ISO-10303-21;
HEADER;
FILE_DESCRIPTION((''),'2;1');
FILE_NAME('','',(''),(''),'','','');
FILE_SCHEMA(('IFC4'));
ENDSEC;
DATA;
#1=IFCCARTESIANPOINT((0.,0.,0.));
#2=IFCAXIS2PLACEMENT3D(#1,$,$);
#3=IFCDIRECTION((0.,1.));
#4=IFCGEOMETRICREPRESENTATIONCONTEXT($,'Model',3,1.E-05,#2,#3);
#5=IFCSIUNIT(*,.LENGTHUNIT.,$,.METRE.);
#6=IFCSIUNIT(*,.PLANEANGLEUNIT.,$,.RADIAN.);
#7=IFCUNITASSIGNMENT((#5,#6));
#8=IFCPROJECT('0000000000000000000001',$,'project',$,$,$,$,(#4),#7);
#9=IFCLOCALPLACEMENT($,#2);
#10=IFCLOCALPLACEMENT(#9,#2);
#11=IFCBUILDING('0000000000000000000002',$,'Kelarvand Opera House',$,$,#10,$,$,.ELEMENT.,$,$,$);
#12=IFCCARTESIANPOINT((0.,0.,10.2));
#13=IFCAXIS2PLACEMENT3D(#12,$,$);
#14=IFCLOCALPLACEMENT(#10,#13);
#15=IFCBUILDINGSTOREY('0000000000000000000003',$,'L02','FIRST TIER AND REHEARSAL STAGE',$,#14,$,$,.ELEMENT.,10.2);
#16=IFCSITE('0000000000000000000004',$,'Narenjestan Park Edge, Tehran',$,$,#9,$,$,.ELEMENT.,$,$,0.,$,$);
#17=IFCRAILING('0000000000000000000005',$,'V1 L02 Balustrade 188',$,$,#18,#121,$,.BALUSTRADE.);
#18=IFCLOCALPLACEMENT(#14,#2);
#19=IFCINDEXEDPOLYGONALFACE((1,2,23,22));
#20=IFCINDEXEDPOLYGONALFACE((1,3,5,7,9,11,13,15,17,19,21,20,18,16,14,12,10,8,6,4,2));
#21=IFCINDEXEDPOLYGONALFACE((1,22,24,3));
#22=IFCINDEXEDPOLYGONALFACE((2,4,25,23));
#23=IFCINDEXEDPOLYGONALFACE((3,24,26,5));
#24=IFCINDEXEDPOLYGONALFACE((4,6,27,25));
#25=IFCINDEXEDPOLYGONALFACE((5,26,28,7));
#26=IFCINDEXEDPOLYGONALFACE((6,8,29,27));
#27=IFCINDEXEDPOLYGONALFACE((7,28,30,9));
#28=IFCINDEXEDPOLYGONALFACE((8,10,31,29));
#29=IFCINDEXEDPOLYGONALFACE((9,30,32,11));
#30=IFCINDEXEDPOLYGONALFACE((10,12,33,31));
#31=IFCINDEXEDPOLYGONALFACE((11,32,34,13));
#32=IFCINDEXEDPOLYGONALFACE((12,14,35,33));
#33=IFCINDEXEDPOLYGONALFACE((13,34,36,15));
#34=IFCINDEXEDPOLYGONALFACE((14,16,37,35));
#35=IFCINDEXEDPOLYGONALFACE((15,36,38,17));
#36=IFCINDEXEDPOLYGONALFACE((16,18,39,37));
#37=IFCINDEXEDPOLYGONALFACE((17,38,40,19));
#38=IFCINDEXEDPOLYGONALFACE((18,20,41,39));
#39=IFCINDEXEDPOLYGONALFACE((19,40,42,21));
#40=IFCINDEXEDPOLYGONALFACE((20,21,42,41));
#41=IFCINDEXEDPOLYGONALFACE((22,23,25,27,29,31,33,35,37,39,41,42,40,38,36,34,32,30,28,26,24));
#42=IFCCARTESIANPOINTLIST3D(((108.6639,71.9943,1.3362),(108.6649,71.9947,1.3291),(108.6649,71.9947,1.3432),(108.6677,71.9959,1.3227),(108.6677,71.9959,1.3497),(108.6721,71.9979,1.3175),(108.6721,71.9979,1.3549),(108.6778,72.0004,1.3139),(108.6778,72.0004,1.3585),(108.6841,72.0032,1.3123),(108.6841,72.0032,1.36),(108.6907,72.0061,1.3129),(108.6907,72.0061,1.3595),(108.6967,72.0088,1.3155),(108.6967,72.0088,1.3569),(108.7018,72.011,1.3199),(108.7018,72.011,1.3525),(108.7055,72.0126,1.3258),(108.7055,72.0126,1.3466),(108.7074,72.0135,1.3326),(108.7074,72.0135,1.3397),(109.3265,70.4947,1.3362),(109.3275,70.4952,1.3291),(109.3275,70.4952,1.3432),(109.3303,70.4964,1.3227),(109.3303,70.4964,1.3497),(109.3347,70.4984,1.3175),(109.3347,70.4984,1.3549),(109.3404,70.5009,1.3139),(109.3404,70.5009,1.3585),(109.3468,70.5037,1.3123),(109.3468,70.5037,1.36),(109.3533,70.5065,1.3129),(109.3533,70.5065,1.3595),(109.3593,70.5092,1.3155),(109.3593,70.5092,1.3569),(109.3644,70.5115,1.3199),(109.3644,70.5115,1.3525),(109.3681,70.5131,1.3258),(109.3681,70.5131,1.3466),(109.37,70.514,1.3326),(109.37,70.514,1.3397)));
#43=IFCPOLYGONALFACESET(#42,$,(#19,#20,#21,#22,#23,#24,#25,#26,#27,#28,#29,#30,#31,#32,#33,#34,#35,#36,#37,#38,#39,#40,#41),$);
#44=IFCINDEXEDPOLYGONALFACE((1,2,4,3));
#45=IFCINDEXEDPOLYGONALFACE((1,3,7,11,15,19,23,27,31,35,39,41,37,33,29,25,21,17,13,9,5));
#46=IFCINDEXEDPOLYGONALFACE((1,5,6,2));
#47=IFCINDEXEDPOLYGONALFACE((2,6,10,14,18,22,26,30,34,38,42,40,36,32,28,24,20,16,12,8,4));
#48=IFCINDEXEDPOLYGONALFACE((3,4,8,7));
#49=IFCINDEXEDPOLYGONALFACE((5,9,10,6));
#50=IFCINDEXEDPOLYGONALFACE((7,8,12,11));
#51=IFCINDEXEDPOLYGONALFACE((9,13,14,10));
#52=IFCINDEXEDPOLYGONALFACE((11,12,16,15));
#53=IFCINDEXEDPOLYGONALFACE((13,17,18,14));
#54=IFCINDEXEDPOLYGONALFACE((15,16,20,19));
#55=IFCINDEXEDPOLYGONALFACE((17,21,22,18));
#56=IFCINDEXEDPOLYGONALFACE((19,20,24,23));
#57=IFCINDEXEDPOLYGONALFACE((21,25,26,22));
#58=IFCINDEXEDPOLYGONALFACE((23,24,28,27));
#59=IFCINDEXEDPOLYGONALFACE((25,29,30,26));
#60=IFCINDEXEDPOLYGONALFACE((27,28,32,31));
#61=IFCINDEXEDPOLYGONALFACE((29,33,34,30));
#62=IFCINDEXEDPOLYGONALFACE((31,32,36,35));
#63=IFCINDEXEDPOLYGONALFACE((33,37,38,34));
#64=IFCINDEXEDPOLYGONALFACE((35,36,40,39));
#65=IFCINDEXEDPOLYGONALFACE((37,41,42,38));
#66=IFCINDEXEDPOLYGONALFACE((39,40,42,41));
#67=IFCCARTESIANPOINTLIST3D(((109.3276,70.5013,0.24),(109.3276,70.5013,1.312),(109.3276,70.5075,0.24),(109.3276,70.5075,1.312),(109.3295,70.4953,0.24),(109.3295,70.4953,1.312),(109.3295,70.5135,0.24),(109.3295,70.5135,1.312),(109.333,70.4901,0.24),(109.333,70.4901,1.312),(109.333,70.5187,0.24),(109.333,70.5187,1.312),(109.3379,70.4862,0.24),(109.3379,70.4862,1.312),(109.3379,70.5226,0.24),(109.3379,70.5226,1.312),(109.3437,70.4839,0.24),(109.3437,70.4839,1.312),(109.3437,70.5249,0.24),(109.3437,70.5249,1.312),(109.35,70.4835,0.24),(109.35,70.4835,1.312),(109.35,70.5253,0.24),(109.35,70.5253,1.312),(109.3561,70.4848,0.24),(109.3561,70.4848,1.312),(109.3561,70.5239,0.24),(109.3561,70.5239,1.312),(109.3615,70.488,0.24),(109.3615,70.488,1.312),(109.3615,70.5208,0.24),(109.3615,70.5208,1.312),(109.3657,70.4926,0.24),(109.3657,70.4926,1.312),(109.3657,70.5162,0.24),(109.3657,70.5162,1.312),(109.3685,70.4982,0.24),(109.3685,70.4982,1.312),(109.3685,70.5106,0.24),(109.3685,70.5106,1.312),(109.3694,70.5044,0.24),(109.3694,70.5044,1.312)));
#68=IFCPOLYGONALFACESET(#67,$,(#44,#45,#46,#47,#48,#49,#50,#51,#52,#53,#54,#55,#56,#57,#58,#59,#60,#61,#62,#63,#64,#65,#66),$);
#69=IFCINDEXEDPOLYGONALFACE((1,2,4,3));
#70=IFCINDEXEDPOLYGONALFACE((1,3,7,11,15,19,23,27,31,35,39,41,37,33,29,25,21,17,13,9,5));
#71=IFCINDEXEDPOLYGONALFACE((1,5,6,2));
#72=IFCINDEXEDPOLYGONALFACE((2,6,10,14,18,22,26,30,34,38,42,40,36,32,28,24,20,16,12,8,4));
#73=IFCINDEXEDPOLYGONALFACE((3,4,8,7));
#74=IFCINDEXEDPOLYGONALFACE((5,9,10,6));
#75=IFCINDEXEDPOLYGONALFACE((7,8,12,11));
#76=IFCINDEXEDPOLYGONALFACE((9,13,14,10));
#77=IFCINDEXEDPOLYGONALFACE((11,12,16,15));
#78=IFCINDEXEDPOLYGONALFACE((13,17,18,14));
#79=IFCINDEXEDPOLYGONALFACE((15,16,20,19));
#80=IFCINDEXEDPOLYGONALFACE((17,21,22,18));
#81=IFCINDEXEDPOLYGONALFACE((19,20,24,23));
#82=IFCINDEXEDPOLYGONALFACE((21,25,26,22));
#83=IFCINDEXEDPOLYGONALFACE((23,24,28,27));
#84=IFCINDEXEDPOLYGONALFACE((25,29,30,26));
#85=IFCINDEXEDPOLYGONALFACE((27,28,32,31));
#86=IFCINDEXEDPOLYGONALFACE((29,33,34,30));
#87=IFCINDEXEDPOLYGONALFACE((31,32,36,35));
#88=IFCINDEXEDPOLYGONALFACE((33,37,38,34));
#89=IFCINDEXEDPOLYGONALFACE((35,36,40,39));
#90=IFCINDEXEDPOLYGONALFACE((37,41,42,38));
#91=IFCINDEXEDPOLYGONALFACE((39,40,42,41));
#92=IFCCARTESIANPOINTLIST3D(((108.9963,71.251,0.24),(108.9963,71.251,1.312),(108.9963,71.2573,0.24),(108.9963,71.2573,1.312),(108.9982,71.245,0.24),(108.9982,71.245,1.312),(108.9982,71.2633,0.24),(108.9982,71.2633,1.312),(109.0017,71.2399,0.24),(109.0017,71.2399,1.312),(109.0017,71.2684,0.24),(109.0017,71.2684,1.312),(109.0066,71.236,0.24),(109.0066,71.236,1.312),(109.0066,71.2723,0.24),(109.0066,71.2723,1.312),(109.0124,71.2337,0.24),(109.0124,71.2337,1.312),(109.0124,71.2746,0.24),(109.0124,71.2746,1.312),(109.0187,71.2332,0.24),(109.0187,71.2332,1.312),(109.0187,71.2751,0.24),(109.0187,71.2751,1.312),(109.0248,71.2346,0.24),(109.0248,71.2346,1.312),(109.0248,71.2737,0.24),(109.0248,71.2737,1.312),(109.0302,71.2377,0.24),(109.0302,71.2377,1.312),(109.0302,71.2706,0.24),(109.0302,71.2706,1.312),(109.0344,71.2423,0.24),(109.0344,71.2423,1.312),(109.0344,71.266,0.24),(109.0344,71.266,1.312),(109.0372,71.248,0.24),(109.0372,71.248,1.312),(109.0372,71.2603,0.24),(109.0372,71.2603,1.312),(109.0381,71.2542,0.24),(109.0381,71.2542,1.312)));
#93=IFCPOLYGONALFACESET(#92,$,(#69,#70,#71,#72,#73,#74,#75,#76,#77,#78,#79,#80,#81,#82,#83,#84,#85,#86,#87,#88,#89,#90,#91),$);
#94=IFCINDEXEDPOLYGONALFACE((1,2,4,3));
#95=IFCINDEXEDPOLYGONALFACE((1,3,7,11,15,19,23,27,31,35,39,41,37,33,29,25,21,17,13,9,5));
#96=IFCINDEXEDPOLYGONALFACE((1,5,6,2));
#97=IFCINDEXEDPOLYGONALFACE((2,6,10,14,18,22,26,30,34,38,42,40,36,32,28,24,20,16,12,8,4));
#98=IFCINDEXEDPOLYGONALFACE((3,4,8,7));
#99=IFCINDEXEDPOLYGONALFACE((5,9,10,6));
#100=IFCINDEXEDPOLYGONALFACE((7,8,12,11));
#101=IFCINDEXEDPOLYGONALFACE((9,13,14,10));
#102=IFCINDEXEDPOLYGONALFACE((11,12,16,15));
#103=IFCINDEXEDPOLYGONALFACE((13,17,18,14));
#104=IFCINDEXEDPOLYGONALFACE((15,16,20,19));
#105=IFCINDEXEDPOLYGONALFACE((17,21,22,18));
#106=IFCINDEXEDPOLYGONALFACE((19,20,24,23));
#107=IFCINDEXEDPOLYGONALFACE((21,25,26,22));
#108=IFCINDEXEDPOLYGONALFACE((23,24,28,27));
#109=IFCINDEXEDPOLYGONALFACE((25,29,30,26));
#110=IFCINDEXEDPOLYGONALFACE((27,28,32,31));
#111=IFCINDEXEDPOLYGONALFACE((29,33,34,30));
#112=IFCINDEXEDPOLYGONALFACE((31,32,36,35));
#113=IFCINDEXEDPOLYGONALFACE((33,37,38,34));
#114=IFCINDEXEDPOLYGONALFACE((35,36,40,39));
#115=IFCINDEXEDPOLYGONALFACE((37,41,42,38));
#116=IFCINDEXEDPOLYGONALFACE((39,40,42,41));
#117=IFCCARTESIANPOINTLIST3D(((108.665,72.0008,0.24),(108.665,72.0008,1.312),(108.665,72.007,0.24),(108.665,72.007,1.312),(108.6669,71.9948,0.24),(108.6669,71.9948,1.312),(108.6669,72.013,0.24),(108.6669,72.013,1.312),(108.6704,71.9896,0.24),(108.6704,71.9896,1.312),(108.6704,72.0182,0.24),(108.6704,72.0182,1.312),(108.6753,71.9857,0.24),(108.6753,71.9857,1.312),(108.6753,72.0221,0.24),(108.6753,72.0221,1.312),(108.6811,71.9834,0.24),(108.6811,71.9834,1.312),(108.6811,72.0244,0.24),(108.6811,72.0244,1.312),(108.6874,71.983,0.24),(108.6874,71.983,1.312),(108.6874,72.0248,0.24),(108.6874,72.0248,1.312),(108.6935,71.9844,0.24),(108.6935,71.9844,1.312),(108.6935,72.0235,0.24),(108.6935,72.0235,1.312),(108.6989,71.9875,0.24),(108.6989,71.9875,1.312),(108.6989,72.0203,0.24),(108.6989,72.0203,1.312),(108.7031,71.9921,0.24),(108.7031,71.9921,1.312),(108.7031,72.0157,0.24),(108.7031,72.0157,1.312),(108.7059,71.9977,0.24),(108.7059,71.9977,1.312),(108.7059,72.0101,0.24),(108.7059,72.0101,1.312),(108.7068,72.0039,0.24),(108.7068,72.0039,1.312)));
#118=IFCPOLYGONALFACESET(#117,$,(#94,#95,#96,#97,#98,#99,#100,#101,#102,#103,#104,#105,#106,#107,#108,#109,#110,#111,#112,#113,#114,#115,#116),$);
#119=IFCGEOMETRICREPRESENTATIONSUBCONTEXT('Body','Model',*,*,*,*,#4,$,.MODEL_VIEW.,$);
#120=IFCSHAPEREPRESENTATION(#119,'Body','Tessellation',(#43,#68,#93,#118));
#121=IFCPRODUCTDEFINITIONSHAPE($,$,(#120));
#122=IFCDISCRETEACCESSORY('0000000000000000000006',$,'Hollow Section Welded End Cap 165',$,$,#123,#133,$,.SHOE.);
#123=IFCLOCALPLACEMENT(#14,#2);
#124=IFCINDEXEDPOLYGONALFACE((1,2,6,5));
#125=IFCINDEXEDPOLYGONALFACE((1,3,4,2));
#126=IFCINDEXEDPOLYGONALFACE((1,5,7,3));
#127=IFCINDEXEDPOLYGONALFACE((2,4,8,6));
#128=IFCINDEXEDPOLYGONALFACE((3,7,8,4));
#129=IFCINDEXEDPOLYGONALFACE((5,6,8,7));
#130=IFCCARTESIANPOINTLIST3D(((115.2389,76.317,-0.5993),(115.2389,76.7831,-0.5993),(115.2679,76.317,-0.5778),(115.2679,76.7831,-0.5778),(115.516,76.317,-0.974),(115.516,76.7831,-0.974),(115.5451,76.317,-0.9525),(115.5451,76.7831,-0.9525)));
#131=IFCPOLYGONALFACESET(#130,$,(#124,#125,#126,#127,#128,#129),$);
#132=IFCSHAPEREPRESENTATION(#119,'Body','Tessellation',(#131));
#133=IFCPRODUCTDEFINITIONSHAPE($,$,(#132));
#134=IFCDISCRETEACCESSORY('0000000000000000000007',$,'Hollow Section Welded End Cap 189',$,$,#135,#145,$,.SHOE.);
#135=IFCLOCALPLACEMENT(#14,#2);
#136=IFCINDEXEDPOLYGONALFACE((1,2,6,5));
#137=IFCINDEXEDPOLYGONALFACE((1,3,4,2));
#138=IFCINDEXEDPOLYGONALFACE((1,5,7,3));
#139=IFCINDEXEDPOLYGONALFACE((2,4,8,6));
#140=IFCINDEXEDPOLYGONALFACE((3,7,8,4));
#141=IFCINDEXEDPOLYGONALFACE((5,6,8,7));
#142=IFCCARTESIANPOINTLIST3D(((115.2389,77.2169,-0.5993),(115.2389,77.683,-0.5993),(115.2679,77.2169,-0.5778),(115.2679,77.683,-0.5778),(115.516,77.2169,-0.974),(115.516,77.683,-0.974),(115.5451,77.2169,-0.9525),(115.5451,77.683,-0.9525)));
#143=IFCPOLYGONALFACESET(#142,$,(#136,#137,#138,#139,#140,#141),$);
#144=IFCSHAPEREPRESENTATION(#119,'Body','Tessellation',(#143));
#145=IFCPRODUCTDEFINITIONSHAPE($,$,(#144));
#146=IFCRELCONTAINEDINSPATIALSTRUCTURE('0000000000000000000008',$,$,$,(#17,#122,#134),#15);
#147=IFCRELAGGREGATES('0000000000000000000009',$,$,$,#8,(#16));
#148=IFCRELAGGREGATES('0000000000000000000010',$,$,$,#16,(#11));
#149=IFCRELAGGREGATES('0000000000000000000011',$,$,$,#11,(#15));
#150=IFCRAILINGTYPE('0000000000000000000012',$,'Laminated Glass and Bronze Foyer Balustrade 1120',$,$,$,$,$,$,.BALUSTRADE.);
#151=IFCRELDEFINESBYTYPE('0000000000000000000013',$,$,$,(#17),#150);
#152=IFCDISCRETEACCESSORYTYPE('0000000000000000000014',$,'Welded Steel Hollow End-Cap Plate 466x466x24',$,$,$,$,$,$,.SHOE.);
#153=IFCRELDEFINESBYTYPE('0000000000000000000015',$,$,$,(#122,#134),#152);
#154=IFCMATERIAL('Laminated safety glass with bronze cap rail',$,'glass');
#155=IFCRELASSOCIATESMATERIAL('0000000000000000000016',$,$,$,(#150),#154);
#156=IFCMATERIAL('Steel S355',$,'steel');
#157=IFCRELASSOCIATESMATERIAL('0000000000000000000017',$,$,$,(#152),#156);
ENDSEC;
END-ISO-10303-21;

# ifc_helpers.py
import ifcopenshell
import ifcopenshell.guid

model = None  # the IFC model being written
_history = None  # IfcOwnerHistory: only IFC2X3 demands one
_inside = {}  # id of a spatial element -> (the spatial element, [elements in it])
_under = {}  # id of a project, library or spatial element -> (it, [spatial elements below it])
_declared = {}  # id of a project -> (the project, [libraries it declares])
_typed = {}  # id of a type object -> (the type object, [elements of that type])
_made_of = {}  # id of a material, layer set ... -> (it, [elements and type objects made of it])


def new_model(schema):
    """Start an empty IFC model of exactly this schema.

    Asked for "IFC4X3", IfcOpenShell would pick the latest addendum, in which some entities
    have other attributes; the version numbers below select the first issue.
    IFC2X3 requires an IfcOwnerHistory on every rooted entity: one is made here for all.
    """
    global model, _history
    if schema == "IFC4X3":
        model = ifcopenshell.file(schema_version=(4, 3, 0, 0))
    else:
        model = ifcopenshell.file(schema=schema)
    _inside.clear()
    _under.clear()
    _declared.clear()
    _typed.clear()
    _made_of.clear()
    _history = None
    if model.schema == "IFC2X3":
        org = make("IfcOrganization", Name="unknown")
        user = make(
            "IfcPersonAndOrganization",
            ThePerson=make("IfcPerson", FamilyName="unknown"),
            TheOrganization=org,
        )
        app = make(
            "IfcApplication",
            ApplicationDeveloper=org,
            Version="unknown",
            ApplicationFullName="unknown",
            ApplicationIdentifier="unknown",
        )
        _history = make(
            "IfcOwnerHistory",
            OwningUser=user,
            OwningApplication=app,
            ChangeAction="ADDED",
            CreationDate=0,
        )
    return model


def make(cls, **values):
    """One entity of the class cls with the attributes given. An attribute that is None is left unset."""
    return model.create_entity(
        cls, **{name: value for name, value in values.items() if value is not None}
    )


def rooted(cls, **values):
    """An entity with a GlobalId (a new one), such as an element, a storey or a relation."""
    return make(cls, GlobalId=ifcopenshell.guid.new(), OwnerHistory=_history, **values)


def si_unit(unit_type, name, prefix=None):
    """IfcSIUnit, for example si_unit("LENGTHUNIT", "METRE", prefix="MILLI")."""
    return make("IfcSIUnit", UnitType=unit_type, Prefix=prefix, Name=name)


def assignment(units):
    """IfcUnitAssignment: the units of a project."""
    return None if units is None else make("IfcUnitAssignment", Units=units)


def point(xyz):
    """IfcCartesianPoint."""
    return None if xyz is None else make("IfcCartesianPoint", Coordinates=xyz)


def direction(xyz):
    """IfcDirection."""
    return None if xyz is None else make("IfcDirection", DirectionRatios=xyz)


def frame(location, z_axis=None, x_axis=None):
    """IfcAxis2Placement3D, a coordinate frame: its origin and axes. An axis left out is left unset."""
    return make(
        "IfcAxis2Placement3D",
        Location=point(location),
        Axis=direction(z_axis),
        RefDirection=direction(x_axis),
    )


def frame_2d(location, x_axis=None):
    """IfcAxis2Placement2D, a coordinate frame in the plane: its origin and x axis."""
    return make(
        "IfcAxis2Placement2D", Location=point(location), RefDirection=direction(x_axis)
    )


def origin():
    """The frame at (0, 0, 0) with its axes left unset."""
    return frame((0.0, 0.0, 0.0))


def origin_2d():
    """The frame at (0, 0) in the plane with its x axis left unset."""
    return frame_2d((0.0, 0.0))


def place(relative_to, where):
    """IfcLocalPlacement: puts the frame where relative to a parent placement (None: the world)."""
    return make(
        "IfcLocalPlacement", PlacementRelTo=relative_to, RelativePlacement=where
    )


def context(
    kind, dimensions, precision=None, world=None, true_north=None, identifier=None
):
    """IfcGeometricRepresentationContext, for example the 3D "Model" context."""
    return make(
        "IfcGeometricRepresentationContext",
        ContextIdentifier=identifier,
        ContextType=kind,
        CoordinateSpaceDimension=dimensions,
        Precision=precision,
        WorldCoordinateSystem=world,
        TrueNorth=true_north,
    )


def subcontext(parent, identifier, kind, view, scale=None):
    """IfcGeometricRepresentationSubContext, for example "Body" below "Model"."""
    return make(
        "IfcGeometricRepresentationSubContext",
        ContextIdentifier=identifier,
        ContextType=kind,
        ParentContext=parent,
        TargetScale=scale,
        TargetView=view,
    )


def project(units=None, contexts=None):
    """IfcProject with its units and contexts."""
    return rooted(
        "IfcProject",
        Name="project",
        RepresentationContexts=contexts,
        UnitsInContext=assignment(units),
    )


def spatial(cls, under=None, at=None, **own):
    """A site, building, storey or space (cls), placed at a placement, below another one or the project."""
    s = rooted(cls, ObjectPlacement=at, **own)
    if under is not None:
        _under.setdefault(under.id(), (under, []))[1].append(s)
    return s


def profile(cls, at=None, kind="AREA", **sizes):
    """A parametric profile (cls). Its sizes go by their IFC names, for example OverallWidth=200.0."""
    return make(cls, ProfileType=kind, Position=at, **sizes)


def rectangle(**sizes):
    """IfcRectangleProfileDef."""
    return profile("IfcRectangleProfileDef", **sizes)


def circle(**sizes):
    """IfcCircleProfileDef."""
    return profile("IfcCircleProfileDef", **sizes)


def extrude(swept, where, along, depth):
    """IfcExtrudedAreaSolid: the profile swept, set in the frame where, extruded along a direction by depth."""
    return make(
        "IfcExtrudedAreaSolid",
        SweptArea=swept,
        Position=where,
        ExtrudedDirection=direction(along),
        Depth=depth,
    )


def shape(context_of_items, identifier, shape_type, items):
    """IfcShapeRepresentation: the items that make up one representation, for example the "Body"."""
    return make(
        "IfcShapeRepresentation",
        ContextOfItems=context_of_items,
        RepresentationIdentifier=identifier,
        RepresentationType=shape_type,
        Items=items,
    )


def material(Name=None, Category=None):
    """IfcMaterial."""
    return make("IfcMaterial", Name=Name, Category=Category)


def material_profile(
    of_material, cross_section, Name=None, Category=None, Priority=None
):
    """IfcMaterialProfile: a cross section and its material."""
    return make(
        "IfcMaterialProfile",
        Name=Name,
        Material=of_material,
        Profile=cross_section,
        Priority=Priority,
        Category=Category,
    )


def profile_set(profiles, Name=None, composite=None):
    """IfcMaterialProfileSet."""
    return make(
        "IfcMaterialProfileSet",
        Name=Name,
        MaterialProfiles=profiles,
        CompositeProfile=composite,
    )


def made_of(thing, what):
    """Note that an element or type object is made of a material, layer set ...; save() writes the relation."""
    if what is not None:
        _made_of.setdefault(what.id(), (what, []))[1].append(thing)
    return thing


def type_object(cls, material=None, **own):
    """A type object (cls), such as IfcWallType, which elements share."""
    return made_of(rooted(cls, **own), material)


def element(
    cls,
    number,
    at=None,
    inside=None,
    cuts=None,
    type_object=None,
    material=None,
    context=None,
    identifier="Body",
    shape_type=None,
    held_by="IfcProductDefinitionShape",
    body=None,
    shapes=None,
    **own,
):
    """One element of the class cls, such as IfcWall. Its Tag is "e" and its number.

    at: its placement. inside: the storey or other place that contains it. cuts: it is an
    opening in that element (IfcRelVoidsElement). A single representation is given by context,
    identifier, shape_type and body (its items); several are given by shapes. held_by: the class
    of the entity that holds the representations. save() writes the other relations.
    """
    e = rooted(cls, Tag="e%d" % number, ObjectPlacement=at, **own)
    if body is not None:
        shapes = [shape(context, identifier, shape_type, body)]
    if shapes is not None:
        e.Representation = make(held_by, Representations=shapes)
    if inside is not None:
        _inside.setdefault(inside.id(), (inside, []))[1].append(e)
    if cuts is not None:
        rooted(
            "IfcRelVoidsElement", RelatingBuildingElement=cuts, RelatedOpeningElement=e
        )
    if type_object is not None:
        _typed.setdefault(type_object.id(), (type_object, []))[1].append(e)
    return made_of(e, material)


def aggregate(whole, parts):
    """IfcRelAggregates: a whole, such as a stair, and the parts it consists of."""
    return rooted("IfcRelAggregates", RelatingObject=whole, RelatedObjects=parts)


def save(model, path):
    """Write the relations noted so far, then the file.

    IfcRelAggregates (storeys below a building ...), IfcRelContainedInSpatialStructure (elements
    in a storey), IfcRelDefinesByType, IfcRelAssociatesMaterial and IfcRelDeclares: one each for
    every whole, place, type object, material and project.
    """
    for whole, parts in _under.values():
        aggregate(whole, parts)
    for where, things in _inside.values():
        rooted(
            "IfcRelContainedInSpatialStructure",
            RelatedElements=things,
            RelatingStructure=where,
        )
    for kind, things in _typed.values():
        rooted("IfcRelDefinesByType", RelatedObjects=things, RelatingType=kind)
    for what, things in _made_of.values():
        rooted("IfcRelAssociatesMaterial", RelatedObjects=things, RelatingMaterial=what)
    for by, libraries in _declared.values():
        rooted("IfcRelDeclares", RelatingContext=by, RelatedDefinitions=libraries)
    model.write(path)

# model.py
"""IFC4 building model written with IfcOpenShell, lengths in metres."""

from ifc_helpers import new_model, si_unit, direction, frame, origin, origin_2d, place, context, subcontext, project, spatial, rectangle, circle, extrude, material, material_profile, profile_set, type_object, element, save


model = new_model("IFC4")

# Units and contexts
model_context = context("Model", 3, precision=1e-05, world=origin(), true_north=direction((0.0, 1.0)))
body_context = subcontext(model_context, "Body", "Model", "MODEL_VIEW")
ifc_project = project(units=[si_unit("LENGTHUNIT", "METRE"), si_unit("PLANEANGLEUNIT", "RADIAN")], contexts=[model_context])

# Site, building, storey
site_placement = place(None, origin())
site = spatial("IfcSite", under=ifc_project, at=site_placement, Name="Narenjestan Park Edge, Tehran", CompositionType="ELEMENT", RefElevation=0.0)
building_placement = place(site_placement, origin())
building = spatial("IfcBuilding", under=site, at=building_placement, Name="Kelarvand Opera House", CompositionType="ELEMENT")
storey_placement = place(building_placement, frame((0.0, 0.0, 10.2)))
storey = spatial("IfcBuildingStorey", under=building, at=storey_placement, Name="L02", Description="FIRST TIER AND REHEARSAL STAGE", CompositionType="ELEMENT", Elevation=10.2)

# Shared definitions
ifc_material_1 = material(Name="Steel S355", Category="steel")

# Railing
ifc_material_2 = material(Name="Laminated safety glass with bronze cap rail", Category="glass")
railing_type = type_object("IfcRailingType", Name="Laminated Glass and Bronze Foyer Balustrade 1120", PredefinedType="BALUSTRADE", material=ifc_material_2)
railing_1_placement = place(storey_placement, frame((109.3484, 70.5044, 0.24)))
element("IfcRailing", 1, at=railing_1_placement, inside=storey, type_object=railing_type, Name="V1 L02 Balustrade 188", PredefinedType="BALUSTRADE", context=body_context, shape_type="SweptSolid", body=[
    extrude(circle(Radius=0.0239, at=origin_2d()), frame((0.0, 0.0, 1.0962), z_axis=(-0.404175, 0.914681, 0.0), x_axis=(-0.914681, -0.404175, 0.0)), (0.0, 0.0, 1.0), 1.6394),
    extrude(circle(Radius=0.021, at=origin_2d()), origin(), (0.0, 0.0, 1.0), 1.072),
    extrude(circle(Radius=0.021, at=origin_2d()), frame((-0.3313, 0.7498, 0.0)), (0.0, 0.0, 1.0), 1.072),
    extrude(circle(Radius=0.021, at=origin_2d()), frame((-0.6626, 1.4995, 0.0)), (0.0, 0.0, 1.0), 1.072),
])

# Discrete accessories
ifc_material_profile_1 = material_profile(ifc_material_1, rectangle(XDim=0.4661, YDim=0.4661, at=origin_2d()), Name="Welded Steel Hollow End-Cap Plate 466x466x24", Category="steel")
ifc_profile_set_1 = profile_set([ifc_material_profile_1], Name="Steel S355")
discrete_accessory_type = type_object("IfcDiscreteAccessoryType", Name="Welded Steel Hollow End-Cap Plate 466x466x24", PredefinedType="SHOE", material=ifc_profile_set_1)
for number, where, z_axis, x_axis, name in (
    (2, (115.4065, 76.55, -0.7651), (-0.804036, 0.0, -0.594581), (0.0, -1.0, 0.0), "Hollow Section Welded End Cap 165"),
    (3, (115.4065, 77.45, -0.7651), (-0.804036, 0.0, -0.594581), (0.0, -1.0, 0.0), "Hollow Section Welded End Cap 189"),
):
    element("IfcDiscreteAccessory", number, at=place(storey_placement, frame(where, z_axis=z_axis, x_axis=x_axis)), inside=storey, type_object=discrete_accessory_type, Name=name, PredefinedType="SHOE", context=body_context, shape_type="SweptSolid", body=[
        extrude(rectangle(XDim=0.4661, YDim=0.4661, at=origin_2d()), origin(), (0.0, 0.0, 1.0), 0.0361),
    ])

save(model, "model.ifc")
